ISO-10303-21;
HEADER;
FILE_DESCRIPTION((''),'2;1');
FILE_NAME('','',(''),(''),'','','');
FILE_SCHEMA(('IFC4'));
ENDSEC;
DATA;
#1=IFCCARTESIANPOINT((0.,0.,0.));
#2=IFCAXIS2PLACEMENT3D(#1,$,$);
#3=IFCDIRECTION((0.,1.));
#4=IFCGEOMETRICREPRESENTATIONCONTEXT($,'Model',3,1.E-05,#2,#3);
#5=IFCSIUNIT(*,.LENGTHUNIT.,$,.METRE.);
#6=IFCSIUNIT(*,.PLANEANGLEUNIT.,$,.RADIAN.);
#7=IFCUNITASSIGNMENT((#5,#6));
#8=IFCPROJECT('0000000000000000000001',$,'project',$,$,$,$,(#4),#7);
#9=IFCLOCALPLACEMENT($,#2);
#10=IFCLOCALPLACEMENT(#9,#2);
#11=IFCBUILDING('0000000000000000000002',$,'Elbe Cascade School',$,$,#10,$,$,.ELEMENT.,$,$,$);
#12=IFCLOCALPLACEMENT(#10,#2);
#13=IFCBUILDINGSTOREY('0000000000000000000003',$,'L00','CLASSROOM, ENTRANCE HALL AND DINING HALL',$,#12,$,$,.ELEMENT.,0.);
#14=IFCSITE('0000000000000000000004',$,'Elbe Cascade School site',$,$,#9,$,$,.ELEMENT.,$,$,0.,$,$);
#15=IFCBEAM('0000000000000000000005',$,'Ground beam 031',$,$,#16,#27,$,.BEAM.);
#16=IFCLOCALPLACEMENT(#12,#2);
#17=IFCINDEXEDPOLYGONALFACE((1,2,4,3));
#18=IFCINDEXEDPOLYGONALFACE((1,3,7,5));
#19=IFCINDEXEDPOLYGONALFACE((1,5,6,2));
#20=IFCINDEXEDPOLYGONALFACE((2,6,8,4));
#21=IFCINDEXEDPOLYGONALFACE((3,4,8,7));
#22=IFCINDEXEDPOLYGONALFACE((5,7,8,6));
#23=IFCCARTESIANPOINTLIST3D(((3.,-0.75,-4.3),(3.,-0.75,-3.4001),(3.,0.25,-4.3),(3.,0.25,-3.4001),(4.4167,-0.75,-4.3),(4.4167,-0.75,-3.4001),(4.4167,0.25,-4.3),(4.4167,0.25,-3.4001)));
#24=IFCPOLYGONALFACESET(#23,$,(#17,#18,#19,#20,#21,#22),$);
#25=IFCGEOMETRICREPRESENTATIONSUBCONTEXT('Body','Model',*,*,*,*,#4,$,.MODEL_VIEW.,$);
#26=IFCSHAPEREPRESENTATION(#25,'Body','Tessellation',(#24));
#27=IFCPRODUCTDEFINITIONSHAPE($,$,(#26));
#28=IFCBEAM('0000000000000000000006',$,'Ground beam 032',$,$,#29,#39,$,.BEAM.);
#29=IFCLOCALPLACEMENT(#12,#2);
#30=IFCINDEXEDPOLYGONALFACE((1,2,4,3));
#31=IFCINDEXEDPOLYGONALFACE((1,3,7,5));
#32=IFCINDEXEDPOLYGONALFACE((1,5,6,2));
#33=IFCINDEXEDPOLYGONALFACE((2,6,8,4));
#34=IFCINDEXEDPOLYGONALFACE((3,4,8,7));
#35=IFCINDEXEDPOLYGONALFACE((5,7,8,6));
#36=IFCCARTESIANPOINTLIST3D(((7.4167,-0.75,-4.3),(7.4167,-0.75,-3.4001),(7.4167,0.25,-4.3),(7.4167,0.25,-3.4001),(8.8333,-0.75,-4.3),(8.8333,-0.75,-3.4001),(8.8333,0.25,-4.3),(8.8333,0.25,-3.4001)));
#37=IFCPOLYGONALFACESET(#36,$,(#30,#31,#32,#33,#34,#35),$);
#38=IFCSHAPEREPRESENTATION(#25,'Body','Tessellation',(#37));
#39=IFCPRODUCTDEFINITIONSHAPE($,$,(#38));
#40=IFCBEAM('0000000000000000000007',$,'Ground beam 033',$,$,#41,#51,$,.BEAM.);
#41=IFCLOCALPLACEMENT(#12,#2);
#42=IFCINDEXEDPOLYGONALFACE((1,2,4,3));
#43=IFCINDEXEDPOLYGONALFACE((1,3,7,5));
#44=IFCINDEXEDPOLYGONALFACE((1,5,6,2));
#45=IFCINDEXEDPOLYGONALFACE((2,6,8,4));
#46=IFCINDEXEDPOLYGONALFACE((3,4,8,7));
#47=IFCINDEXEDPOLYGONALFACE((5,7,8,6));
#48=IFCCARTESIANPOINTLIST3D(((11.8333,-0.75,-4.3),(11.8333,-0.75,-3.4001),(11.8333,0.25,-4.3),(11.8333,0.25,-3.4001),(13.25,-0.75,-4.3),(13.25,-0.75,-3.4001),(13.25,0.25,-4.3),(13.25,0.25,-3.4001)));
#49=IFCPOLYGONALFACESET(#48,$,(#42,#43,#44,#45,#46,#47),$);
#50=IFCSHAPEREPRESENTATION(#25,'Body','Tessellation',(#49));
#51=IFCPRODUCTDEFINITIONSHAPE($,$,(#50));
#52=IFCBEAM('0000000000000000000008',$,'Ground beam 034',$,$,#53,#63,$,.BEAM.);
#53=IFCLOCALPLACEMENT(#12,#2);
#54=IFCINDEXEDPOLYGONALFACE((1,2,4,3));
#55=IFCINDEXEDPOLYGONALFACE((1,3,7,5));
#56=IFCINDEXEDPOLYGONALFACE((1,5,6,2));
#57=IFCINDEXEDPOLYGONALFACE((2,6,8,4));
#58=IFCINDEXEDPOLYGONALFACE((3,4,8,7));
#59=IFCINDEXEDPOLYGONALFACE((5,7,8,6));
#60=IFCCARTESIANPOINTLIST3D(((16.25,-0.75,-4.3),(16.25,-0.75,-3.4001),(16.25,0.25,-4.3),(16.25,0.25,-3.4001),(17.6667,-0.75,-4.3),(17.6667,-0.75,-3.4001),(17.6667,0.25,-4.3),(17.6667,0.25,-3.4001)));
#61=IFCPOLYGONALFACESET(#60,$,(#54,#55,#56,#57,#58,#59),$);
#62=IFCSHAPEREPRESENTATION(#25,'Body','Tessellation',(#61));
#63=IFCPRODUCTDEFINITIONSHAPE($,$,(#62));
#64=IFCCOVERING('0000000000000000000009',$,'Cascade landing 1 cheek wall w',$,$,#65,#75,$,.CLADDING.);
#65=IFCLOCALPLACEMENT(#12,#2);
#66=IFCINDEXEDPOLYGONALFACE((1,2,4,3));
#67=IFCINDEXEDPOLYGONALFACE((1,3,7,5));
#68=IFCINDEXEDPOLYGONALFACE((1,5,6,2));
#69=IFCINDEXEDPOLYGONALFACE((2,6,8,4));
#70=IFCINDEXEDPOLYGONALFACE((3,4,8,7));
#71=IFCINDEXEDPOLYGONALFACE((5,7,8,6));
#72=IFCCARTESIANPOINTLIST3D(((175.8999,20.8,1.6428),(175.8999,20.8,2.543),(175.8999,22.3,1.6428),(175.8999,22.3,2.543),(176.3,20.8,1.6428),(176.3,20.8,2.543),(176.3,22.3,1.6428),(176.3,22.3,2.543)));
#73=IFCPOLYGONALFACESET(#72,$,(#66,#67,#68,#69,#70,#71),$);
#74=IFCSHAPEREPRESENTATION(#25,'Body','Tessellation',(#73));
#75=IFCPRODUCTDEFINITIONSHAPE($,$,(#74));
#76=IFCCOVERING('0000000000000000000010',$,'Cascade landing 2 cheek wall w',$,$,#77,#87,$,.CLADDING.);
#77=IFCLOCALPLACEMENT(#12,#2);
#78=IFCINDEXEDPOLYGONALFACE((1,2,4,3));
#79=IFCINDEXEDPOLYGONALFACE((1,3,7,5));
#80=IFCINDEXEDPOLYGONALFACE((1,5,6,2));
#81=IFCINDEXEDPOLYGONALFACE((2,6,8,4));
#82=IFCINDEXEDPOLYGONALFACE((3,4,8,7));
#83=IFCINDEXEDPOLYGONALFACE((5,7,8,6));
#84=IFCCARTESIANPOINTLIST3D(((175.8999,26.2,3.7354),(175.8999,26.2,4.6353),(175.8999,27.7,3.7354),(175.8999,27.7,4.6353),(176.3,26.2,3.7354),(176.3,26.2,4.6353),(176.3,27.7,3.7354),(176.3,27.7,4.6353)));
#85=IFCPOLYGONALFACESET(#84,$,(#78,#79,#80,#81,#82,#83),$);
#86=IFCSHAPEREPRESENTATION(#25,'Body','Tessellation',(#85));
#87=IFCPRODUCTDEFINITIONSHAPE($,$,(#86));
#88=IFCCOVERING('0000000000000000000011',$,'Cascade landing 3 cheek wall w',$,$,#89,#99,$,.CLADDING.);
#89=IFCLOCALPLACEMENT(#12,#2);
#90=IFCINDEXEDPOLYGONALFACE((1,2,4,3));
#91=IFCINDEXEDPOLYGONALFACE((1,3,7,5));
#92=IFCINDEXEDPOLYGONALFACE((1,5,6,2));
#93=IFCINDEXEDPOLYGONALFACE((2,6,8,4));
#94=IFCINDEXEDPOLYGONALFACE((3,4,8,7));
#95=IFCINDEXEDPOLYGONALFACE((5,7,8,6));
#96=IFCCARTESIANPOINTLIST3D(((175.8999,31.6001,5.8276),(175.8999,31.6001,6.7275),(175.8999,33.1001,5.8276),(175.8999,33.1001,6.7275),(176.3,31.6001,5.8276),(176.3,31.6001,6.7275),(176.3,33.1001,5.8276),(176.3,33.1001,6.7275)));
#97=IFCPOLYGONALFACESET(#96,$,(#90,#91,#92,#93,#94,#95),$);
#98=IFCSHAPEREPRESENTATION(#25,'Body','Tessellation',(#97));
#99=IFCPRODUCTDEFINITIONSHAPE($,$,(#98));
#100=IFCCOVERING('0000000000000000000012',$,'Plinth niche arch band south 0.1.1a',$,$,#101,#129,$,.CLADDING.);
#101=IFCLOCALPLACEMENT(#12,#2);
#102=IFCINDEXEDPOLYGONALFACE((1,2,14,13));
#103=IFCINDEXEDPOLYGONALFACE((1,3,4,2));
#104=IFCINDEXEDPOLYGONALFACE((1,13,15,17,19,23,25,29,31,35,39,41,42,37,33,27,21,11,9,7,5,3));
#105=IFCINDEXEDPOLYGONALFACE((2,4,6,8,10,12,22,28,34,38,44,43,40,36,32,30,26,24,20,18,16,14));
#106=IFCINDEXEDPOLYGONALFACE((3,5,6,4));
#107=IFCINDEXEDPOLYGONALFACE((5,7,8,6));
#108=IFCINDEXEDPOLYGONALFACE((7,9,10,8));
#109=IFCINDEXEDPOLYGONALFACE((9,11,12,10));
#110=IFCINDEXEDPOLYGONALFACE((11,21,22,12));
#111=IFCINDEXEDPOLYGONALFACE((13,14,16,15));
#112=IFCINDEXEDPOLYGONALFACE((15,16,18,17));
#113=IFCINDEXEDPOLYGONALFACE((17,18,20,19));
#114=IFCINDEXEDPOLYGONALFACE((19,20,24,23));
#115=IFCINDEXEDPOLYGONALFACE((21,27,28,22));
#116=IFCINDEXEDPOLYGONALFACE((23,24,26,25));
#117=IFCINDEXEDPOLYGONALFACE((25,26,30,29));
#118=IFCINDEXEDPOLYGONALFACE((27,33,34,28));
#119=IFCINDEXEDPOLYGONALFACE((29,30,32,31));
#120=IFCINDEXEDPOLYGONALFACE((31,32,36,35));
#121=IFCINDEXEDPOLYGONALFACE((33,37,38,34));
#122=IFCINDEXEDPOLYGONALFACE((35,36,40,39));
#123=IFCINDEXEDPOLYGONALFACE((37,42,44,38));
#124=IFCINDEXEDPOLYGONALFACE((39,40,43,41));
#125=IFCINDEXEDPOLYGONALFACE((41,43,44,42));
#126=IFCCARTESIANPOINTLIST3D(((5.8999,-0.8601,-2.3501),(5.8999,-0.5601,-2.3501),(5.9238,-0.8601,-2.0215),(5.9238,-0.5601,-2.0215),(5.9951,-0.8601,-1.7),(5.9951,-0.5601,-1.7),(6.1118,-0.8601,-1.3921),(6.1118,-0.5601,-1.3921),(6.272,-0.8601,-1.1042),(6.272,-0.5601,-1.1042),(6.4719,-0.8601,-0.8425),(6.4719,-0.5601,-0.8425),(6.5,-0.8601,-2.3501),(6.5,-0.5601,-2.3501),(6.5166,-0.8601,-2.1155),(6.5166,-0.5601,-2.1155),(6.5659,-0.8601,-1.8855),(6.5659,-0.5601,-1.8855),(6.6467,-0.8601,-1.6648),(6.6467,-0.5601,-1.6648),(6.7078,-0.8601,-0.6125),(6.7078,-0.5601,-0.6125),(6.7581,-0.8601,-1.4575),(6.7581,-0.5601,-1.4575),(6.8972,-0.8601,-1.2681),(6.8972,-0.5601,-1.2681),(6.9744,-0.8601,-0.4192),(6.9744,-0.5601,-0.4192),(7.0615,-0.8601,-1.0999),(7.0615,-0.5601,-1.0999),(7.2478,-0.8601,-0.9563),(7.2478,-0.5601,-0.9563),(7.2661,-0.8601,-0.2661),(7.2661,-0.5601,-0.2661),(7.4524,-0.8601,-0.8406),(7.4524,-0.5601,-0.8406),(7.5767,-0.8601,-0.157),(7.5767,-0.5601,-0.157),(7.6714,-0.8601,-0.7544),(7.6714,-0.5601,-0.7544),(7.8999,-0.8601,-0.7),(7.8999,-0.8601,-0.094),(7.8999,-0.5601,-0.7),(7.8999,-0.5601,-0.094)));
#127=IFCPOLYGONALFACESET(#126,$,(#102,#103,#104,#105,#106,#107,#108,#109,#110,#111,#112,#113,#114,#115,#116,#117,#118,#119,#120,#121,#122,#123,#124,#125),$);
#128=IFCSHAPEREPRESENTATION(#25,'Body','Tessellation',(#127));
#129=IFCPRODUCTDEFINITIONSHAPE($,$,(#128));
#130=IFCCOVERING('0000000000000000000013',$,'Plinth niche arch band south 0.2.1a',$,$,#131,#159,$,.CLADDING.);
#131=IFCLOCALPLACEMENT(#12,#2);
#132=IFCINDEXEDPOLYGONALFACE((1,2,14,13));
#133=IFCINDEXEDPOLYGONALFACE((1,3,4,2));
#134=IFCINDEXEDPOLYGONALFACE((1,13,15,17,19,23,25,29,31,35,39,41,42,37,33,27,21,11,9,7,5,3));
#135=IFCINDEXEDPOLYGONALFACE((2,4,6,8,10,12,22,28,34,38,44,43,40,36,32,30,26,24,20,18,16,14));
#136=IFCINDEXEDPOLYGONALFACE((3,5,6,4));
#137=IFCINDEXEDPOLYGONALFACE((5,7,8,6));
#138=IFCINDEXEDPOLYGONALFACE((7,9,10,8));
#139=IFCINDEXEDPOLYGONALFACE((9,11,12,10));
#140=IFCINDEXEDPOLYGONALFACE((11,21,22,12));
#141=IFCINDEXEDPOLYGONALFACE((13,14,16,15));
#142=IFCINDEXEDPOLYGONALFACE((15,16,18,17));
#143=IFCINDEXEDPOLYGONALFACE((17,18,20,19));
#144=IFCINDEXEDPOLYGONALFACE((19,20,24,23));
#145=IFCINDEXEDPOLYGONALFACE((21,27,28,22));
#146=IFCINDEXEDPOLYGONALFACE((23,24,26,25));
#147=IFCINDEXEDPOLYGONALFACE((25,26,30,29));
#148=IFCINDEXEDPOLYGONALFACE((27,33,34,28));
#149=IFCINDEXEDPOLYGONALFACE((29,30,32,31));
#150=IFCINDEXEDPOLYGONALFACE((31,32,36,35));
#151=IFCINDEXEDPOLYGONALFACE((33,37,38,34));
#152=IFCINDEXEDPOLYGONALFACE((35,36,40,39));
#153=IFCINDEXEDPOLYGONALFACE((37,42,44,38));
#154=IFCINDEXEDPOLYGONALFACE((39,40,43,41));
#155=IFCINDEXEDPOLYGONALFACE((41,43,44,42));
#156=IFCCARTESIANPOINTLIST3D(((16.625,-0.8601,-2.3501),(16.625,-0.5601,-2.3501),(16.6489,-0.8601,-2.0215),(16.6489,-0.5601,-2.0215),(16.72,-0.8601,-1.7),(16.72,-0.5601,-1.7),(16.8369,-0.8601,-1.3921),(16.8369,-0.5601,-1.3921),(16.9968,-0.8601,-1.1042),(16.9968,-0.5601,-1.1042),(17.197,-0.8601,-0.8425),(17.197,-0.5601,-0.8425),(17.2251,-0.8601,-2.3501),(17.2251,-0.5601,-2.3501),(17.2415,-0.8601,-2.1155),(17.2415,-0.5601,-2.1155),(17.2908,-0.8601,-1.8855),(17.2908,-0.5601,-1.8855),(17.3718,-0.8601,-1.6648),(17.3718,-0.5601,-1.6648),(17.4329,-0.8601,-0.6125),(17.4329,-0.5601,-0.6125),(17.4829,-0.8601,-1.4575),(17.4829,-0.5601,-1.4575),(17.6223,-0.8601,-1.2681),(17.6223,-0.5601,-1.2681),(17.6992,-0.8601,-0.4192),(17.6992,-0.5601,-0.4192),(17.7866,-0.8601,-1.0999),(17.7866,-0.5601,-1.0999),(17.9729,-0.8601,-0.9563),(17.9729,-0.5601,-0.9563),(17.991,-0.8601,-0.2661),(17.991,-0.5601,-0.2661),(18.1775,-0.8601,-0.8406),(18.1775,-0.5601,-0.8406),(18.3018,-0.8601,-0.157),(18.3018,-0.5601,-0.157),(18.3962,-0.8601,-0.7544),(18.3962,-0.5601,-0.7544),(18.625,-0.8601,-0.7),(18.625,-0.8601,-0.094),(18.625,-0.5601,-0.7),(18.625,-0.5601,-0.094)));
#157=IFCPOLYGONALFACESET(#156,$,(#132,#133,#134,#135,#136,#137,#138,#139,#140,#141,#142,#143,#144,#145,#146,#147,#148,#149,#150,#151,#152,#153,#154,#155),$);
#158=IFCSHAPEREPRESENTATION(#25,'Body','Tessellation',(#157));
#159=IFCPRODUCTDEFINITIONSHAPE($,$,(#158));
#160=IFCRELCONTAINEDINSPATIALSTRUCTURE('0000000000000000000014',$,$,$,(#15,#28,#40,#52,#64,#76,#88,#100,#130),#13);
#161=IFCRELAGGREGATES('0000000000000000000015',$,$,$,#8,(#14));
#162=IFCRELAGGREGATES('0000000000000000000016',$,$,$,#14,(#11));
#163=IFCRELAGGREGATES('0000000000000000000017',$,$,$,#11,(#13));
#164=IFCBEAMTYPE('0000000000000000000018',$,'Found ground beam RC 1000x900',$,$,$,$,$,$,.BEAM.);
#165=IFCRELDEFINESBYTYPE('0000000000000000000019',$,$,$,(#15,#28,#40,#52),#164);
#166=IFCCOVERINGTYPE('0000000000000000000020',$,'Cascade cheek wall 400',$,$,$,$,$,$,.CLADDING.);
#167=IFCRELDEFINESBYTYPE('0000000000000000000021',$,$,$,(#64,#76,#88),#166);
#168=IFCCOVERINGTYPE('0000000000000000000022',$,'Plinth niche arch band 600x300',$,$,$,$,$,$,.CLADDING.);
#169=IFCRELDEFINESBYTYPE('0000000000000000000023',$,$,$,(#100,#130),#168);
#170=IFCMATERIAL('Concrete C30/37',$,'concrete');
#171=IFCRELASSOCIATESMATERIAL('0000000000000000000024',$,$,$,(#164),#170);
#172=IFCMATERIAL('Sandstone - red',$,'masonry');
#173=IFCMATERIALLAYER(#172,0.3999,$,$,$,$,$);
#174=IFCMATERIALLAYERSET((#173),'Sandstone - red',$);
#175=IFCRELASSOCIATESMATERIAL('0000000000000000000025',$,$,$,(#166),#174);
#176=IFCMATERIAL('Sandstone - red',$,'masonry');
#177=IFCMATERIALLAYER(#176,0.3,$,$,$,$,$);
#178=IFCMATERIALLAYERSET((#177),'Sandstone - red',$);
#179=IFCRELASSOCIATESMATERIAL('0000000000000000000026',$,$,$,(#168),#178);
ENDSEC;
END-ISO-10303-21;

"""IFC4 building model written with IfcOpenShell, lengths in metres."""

from ifc_helpers import new_model, si_unit, direction, frame, origin, origin_2d, place, context, subcontext, project, spatial, polyline, rectangle, outline, extrude, material, layer, layer_set, material_profile, profile_set, type_object, element, save


model = new_model("IFC4")

# Units and contexts
model_context = context("Model", 3, precision=1e-05, world=origin(), true_north=direction((0.0, 1.0)))
body_context = subcontext(model_context, "Body", "Model", "MODEL_VIEW")
ifc_project = project(units=[si_unit("LENGTHUNIT", "METRE"), si_unit("PLANEANGLEUNIT", "RADIAN")], contexts=[model_context])

# Site, building, storey
site_placement = place(None, origin())
site = spatial("IfcSite", under=ifc_project, at=site_placement, Name="Elbe Cascade School site", CompositionType="ELEMENT", RefElevation=0.0)
building_placement = place(site_placement, origin())
building = spatial("IfcBuilding", under=site, at=building_placement, Name="Elbe Cascade School", CompositionType="ELEMENT")
storey_placement = place(building_placement, origin())
storey = spatial("IfcBuildingStorey", under=building, at=storey_placement, Name="L00", Description="CLASSROOM, ENTRANCE HALL AND DINING HALL", CompositionType="ELEMENT", Elevation=0.0)

# Beams
ifc_material_1 = material(Name="Concrete C30/37", Category="concrete")
ifc_material_profile_1 = material_profile(ifc_material_1, rectangle(XDim=1.0, YDim=0.8999, at=origin_2d()), Name="RC 1000x900")
ifc_profile_set_1 = profile_set([ifc_material_profile_1], Name="Concrete C30/37")
beam_type = type_object("IfcBeamType", Name="Found ground beam RC 1000x900", PredefinedType="BEAM", material=ifc_profile_set_1)
beam_1_placement = place(storey_placement, frame((3.0, -0.25, -3.8501), z_axis=(1.0, 0.0, 0.0), x_axis=(0.0, 1.0, 0.0)))
element("IfcBeam", 1, at=beam_1_placement, inside=storey, type_object=beam_type, Name="Ground beam 031", PredefinedType="BEAM", context=body_context, shape_type="SweptSolid", body=[
    extrude(rectangle(XDim=1.0, YDim=0.8999, at=origin_2d()), origin(), (0.0, 0.0, 1.0), 1.4167),
])
beam_2_placement = place(storey_placement, frame((7.4167, -0.25, -3.8501), z_axis=(1.0, 0.0, 0.0), x_axis=(0.0, 1.0, 0.0)))
element("IfcBeam", 2, at=beam_2_placement, inside=storey, type_object=beam_type, Name="Ground beam 032", PredefinedType="BEAM", context=body_context, shape_type="SweptSolid", body=[
    extrude(rectangle(XDim=1.0, YDim=0.8999, at=origin_2d()), origin(), (0.0, 0.0, 1.0), 1.4165),
])
for number, where, z_axis, x_axis, name in (
    (3, (11.8333, -0.25, -3.8501), (1.0, 0.0, 0.0), (0.0, 1.0, 0.0), "Ground beam 033"),
    (4, (16.25, -0.25, -3.8501), (1.0, 0.0, 0.0), (0.0, 1.0, 0.0), "Ground beam 034"),
):
    element("IfcBeam", number, at=place(storey_placement, frame(where, z_axis=z_axis, x_axis=x_axis)), inside=storey, type_object=beam_type, Name=name, PredefinedType="BEAM", context=body_context, shape_type="SweptSolid", body=[
        extrude(rectangle(XDim=1.0, YDim=0.8999, at=origin_2d()), origin(), (0.0, 0.0, 1.0), 1.4167),
    ])

# Coverings
ifc_material_2 = material(Name="Sandstone - red", Category="masonry")
ifc_layer_1 = layer(ifc_material_2, 0.3999)
ifc_layer_set_1 = layer_set([ifc_layer_1], Name="Sandstone - red")
covering_type_1 = type_object("IfcCoveringType", Name="Cascade cheek wall 400", PredefinedType="CLADDING", material=ifc_layer_set_1)
covering_1_placement = place(storey_placement, frame((0.0, 0.0, 1.6428)))
element("IfcCovering", 5, at=covering_1_placement, inside=storey, type_object=covering_type_1, Name="Cascade landing 1 cheek wall w", PredefinedType="CLADDING", context=body_context, shape_type="SweptSolid", body=[
    extrude(outline(polyline([(175.8999, 20.8), (176.3, 20.8), (176.3, 22.3), (175.8999, 22.3), (175.8999, 20.8)])), origin(), (0.0, 0.0, 1.0), 0.9001),
])
covering_2_placement = place(storey_placement, frame((0.0, 0.0, 3.7354)))
element("IfcCovering", 6, at=covering_2_placement, inside=storey, type_object=covering_type_1, Name="Cascade landing 2 cheek wall w", PredefinedType="CLADDING", context=body_context, shape_type="SweptSolid", body=[
    extrude(outline(polyline([(175.8999, 26.2), (176.3, 26.2), (176.3, 27.7), (175.8999, 27.7), (175.8999, 26.2)])), origin(), (0.0, 0.0, 1.0), 0.8999),
])
covering_3_placement = place(storey_placement, frame((0.0, 0.0, 5.8276)))
element("IfcCovering", 7, at=covering_3_placement, inside=storey, type_object=covering_type_1, Name="Cascade landing 3 cheek wall w", PredefinedType="CLADDING", context=body_context, shape_type="SweptSolid", body=[
    extrude(outline(polyline([(175.8999, 31.6001), (176.3, 31.6001), (176.3, 33.1001), (175.8999, 33.1001), (175.8999, 31.6001)])), origin(), (0.0, 0.0, 1.0), 0.8999),
])
ifc_material_3 = material(Name="Sandstone - red", Category="masonry")
ifc_layer_2 = layer(ifc_material_3, 0.3)
ifc_layer_set_2 = layer_set([ifc_layer_2], Name="Sandstone - red")
covering_type_2 = type_object("IfcCoveringType", Name="Plinth niche arch band 600x300", PredefinedType="CLADDING", material=ifc_layer_set_2)
covering_4_placement = place(storey_placement, frame((5.8999, -0.8601, -2.3501), z_axis=(0.0, -1.0, 0.0), x_axis=(1.0, 0.0, 0.0)))
element("IfcCovering", 8, at=covering_4_placement, inside=storey, type_object=covering_type_2, Name="Plinth niche arch band south 0.1.1a", PredefinedType="CLADDING", context=body_context, shape_type="SweptSolid", body=[
    extrude(outline(polyline([(0.0, 0.0), (0.6001, 0.0), (0.6167, 0.2346), (0.666, 0.4646), (0.7468, 0.6853), (0.8582, 0.8926), (0.9973, 1.082), (1.1616, 1.2502), (1.3479, 1.3938), (1.5525, 1.5095), (1.7715, 1.5957), (2.0, 1.6501), (2.0, 2.2561), (1.6768, 2.1931), (1.3662, 2.084), (1.0745, 1.9309), (0.8079, 1.7375), (0.572, 1.5076), (0.3721, 1.2458), (0.2119, 0.958), (0.0952, 0.6501), (0.0239, 0.3286), (0.0, 0.0)])), origin(), (0.0, 0.0, -1.0), 0.3),
])
covering_5_placement = place(storey_placement, frame((16.625, -0.8601, -2.3501), z_axis=(0.0, -1.0, 0.0), x_axis=(1.0, 0.0, 0.0)))
element("IfcCovering", 9, at=covering_5_placement, inside=storey, type_object=covering_type_2, Name="Plinth niche arch band south 0.2.1a", PredefinedType="CLADDING", context=body_context, shape_type="SweptSolid", body=[
    extrude(outline(polyline([(0.0, 0.0), (0.6001, 0.0), (0.6165, 0.2346), (0.6658, 0.4646), (0.7468, 0.6853), (0.8579, 0.8926), (0.9973, 1.082), (1.1616, 1.2502), (1.3479, 1.3938), (1.5525, 1.5095), (1.7712, 1.5957), (2.0, 1.6501), (2.0, 2.2561), (1.6768, 2.1931), (1.366, 2.084), (1.0742, 1.9309), (0.8079, 1.7375), (0.572, 1.5076), (0.3718, 1.2458), (0.2119, 0.958), (0.095, 0.6501), (0.0239, 0.3286), (0.0, 0.0)])), origin(), (0.0, 0.0, -1.0), 0.3),
])

save(model, "model.ifc")
